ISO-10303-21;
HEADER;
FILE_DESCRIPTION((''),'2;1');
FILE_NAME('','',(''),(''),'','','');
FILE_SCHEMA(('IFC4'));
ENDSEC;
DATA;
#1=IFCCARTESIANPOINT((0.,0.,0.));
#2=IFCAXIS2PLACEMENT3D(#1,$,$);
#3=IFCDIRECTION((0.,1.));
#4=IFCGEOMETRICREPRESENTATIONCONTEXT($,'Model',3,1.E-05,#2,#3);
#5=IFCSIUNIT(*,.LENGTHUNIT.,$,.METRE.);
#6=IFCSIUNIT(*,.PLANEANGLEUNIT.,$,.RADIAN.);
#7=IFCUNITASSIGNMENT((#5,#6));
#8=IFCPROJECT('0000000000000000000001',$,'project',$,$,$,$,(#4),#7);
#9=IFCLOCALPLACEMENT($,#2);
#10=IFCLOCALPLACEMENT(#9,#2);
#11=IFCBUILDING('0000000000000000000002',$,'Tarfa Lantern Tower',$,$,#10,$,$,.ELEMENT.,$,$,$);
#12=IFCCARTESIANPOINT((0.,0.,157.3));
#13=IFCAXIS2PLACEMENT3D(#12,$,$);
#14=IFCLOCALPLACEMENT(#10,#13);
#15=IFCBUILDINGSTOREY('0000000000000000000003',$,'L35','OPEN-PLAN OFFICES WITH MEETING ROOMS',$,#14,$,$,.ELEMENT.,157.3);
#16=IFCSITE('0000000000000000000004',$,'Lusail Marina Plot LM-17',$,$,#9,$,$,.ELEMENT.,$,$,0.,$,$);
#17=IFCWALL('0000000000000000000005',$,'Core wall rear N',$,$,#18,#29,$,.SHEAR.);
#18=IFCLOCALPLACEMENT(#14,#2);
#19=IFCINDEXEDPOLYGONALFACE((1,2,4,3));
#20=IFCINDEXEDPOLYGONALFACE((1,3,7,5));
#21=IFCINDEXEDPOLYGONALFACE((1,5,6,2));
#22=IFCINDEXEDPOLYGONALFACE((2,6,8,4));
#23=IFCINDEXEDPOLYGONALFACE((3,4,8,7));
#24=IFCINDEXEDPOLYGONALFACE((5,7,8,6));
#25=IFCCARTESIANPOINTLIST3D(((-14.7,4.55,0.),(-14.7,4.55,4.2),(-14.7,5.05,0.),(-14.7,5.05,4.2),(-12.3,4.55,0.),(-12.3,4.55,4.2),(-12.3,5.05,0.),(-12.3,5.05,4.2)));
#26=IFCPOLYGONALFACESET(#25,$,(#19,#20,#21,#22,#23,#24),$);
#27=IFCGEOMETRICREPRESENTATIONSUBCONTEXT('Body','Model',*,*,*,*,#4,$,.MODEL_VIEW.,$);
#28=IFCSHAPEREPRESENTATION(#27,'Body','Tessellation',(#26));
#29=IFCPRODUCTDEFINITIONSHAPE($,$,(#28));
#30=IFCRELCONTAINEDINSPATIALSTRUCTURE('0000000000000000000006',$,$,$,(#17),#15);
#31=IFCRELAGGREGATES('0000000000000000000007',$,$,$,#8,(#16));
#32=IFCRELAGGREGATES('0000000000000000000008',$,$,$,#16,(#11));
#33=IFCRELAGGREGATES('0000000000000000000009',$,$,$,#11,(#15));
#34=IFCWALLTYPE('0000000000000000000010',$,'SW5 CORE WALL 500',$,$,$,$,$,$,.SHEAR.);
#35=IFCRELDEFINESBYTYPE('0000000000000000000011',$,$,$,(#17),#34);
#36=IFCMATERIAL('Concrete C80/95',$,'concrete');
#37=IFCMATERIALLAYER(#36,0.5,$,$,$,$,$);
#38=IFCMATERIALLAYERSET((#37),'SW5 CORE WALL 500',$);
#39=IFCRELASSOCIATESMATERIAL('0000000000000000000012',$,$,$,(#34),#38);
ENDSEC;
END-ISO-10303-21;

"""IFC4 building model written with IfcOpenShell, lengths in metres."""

from ifc_helpers import new_model, si_unit, direction, frame, frame_2d, origin, place, context, subcontext, project, spatial, rectangle, extrude, material, layer, layer_set, type_object, element, save


model = new_model("IFC4")

# Units and contexts
model_context = context("Model", 3, precision=1e-05, world=origin(), true_north=direction((0.0, 1.0)))
body_context = subcontext(model_context, "Body", "Model", "MODEL_VIEW")
ifc_project = project(units=[si_unit("LENGTHUNIT", "METRE"), si_unit("PLANEANGLEUNIT", "RADIAN")], contexts=[model_context])

# Site, building, storey
site_placement = place(None, origin())
site = spatial("IfcSite", under=ifc_project, at=site_placement, Name="Lusail Marina Plot LM-17", CompositionType="ELEMENT", RefElevation=0.0)
building_placement = place(site_placement, origin())
building = spatial("IfcBuilding", under=site, at=building_placement, Name="Tarfa Lantern Tower", CompositionType="ELEMENT")
storey_placement = place(building_placement, frame((0.0, 0.0, 157.3)))
storey = spatial("IfcBuildingStorey", under=building, at=storey_placement, Name="L35", Description="OPEN-PLAN OFFICES WITH MEETING ROOMS", CompositionType="ELEMENT", Elevation=157.3)

# Shared definitions
ifc_material_1 = material(Name="Concrete C80/95", Category="concrete")
ifc_layer_1 = layer(ifc_material_1, 0.5)
ifc_layer_set_1 = layer_set([ifc_layer_1], Name="SW5 CORE WALL 500")
wall_type_1 = type_object("IfcWallType", Name="SW5 CORE WALL 500", PredefinedType="SHEAR", material=ifc_layer_set_1)

# Wall
wall_1_placement = place(storey_placement, frame((-14.7, 4.8, 0.0), z_axis=(0.0, 0.0, 1.0), x_axis=(1.0, 0.0, 0.0)))
element("IfcWall", 1, at=wall_1_placement, inside=storey, type_object=wall_type_1, Name="Core wall rear N", PredefinedType="SHEAR", context=body_context, shape_type="SweptSolid", body=[
    extrude(rectangle(XDim=2.3999, YDim=0.5, at=frame_2d((1.2, 0.0))), origin(), (0.0, 0.0, 1.0), 4.2),
])

save(model, "model.ifc")
